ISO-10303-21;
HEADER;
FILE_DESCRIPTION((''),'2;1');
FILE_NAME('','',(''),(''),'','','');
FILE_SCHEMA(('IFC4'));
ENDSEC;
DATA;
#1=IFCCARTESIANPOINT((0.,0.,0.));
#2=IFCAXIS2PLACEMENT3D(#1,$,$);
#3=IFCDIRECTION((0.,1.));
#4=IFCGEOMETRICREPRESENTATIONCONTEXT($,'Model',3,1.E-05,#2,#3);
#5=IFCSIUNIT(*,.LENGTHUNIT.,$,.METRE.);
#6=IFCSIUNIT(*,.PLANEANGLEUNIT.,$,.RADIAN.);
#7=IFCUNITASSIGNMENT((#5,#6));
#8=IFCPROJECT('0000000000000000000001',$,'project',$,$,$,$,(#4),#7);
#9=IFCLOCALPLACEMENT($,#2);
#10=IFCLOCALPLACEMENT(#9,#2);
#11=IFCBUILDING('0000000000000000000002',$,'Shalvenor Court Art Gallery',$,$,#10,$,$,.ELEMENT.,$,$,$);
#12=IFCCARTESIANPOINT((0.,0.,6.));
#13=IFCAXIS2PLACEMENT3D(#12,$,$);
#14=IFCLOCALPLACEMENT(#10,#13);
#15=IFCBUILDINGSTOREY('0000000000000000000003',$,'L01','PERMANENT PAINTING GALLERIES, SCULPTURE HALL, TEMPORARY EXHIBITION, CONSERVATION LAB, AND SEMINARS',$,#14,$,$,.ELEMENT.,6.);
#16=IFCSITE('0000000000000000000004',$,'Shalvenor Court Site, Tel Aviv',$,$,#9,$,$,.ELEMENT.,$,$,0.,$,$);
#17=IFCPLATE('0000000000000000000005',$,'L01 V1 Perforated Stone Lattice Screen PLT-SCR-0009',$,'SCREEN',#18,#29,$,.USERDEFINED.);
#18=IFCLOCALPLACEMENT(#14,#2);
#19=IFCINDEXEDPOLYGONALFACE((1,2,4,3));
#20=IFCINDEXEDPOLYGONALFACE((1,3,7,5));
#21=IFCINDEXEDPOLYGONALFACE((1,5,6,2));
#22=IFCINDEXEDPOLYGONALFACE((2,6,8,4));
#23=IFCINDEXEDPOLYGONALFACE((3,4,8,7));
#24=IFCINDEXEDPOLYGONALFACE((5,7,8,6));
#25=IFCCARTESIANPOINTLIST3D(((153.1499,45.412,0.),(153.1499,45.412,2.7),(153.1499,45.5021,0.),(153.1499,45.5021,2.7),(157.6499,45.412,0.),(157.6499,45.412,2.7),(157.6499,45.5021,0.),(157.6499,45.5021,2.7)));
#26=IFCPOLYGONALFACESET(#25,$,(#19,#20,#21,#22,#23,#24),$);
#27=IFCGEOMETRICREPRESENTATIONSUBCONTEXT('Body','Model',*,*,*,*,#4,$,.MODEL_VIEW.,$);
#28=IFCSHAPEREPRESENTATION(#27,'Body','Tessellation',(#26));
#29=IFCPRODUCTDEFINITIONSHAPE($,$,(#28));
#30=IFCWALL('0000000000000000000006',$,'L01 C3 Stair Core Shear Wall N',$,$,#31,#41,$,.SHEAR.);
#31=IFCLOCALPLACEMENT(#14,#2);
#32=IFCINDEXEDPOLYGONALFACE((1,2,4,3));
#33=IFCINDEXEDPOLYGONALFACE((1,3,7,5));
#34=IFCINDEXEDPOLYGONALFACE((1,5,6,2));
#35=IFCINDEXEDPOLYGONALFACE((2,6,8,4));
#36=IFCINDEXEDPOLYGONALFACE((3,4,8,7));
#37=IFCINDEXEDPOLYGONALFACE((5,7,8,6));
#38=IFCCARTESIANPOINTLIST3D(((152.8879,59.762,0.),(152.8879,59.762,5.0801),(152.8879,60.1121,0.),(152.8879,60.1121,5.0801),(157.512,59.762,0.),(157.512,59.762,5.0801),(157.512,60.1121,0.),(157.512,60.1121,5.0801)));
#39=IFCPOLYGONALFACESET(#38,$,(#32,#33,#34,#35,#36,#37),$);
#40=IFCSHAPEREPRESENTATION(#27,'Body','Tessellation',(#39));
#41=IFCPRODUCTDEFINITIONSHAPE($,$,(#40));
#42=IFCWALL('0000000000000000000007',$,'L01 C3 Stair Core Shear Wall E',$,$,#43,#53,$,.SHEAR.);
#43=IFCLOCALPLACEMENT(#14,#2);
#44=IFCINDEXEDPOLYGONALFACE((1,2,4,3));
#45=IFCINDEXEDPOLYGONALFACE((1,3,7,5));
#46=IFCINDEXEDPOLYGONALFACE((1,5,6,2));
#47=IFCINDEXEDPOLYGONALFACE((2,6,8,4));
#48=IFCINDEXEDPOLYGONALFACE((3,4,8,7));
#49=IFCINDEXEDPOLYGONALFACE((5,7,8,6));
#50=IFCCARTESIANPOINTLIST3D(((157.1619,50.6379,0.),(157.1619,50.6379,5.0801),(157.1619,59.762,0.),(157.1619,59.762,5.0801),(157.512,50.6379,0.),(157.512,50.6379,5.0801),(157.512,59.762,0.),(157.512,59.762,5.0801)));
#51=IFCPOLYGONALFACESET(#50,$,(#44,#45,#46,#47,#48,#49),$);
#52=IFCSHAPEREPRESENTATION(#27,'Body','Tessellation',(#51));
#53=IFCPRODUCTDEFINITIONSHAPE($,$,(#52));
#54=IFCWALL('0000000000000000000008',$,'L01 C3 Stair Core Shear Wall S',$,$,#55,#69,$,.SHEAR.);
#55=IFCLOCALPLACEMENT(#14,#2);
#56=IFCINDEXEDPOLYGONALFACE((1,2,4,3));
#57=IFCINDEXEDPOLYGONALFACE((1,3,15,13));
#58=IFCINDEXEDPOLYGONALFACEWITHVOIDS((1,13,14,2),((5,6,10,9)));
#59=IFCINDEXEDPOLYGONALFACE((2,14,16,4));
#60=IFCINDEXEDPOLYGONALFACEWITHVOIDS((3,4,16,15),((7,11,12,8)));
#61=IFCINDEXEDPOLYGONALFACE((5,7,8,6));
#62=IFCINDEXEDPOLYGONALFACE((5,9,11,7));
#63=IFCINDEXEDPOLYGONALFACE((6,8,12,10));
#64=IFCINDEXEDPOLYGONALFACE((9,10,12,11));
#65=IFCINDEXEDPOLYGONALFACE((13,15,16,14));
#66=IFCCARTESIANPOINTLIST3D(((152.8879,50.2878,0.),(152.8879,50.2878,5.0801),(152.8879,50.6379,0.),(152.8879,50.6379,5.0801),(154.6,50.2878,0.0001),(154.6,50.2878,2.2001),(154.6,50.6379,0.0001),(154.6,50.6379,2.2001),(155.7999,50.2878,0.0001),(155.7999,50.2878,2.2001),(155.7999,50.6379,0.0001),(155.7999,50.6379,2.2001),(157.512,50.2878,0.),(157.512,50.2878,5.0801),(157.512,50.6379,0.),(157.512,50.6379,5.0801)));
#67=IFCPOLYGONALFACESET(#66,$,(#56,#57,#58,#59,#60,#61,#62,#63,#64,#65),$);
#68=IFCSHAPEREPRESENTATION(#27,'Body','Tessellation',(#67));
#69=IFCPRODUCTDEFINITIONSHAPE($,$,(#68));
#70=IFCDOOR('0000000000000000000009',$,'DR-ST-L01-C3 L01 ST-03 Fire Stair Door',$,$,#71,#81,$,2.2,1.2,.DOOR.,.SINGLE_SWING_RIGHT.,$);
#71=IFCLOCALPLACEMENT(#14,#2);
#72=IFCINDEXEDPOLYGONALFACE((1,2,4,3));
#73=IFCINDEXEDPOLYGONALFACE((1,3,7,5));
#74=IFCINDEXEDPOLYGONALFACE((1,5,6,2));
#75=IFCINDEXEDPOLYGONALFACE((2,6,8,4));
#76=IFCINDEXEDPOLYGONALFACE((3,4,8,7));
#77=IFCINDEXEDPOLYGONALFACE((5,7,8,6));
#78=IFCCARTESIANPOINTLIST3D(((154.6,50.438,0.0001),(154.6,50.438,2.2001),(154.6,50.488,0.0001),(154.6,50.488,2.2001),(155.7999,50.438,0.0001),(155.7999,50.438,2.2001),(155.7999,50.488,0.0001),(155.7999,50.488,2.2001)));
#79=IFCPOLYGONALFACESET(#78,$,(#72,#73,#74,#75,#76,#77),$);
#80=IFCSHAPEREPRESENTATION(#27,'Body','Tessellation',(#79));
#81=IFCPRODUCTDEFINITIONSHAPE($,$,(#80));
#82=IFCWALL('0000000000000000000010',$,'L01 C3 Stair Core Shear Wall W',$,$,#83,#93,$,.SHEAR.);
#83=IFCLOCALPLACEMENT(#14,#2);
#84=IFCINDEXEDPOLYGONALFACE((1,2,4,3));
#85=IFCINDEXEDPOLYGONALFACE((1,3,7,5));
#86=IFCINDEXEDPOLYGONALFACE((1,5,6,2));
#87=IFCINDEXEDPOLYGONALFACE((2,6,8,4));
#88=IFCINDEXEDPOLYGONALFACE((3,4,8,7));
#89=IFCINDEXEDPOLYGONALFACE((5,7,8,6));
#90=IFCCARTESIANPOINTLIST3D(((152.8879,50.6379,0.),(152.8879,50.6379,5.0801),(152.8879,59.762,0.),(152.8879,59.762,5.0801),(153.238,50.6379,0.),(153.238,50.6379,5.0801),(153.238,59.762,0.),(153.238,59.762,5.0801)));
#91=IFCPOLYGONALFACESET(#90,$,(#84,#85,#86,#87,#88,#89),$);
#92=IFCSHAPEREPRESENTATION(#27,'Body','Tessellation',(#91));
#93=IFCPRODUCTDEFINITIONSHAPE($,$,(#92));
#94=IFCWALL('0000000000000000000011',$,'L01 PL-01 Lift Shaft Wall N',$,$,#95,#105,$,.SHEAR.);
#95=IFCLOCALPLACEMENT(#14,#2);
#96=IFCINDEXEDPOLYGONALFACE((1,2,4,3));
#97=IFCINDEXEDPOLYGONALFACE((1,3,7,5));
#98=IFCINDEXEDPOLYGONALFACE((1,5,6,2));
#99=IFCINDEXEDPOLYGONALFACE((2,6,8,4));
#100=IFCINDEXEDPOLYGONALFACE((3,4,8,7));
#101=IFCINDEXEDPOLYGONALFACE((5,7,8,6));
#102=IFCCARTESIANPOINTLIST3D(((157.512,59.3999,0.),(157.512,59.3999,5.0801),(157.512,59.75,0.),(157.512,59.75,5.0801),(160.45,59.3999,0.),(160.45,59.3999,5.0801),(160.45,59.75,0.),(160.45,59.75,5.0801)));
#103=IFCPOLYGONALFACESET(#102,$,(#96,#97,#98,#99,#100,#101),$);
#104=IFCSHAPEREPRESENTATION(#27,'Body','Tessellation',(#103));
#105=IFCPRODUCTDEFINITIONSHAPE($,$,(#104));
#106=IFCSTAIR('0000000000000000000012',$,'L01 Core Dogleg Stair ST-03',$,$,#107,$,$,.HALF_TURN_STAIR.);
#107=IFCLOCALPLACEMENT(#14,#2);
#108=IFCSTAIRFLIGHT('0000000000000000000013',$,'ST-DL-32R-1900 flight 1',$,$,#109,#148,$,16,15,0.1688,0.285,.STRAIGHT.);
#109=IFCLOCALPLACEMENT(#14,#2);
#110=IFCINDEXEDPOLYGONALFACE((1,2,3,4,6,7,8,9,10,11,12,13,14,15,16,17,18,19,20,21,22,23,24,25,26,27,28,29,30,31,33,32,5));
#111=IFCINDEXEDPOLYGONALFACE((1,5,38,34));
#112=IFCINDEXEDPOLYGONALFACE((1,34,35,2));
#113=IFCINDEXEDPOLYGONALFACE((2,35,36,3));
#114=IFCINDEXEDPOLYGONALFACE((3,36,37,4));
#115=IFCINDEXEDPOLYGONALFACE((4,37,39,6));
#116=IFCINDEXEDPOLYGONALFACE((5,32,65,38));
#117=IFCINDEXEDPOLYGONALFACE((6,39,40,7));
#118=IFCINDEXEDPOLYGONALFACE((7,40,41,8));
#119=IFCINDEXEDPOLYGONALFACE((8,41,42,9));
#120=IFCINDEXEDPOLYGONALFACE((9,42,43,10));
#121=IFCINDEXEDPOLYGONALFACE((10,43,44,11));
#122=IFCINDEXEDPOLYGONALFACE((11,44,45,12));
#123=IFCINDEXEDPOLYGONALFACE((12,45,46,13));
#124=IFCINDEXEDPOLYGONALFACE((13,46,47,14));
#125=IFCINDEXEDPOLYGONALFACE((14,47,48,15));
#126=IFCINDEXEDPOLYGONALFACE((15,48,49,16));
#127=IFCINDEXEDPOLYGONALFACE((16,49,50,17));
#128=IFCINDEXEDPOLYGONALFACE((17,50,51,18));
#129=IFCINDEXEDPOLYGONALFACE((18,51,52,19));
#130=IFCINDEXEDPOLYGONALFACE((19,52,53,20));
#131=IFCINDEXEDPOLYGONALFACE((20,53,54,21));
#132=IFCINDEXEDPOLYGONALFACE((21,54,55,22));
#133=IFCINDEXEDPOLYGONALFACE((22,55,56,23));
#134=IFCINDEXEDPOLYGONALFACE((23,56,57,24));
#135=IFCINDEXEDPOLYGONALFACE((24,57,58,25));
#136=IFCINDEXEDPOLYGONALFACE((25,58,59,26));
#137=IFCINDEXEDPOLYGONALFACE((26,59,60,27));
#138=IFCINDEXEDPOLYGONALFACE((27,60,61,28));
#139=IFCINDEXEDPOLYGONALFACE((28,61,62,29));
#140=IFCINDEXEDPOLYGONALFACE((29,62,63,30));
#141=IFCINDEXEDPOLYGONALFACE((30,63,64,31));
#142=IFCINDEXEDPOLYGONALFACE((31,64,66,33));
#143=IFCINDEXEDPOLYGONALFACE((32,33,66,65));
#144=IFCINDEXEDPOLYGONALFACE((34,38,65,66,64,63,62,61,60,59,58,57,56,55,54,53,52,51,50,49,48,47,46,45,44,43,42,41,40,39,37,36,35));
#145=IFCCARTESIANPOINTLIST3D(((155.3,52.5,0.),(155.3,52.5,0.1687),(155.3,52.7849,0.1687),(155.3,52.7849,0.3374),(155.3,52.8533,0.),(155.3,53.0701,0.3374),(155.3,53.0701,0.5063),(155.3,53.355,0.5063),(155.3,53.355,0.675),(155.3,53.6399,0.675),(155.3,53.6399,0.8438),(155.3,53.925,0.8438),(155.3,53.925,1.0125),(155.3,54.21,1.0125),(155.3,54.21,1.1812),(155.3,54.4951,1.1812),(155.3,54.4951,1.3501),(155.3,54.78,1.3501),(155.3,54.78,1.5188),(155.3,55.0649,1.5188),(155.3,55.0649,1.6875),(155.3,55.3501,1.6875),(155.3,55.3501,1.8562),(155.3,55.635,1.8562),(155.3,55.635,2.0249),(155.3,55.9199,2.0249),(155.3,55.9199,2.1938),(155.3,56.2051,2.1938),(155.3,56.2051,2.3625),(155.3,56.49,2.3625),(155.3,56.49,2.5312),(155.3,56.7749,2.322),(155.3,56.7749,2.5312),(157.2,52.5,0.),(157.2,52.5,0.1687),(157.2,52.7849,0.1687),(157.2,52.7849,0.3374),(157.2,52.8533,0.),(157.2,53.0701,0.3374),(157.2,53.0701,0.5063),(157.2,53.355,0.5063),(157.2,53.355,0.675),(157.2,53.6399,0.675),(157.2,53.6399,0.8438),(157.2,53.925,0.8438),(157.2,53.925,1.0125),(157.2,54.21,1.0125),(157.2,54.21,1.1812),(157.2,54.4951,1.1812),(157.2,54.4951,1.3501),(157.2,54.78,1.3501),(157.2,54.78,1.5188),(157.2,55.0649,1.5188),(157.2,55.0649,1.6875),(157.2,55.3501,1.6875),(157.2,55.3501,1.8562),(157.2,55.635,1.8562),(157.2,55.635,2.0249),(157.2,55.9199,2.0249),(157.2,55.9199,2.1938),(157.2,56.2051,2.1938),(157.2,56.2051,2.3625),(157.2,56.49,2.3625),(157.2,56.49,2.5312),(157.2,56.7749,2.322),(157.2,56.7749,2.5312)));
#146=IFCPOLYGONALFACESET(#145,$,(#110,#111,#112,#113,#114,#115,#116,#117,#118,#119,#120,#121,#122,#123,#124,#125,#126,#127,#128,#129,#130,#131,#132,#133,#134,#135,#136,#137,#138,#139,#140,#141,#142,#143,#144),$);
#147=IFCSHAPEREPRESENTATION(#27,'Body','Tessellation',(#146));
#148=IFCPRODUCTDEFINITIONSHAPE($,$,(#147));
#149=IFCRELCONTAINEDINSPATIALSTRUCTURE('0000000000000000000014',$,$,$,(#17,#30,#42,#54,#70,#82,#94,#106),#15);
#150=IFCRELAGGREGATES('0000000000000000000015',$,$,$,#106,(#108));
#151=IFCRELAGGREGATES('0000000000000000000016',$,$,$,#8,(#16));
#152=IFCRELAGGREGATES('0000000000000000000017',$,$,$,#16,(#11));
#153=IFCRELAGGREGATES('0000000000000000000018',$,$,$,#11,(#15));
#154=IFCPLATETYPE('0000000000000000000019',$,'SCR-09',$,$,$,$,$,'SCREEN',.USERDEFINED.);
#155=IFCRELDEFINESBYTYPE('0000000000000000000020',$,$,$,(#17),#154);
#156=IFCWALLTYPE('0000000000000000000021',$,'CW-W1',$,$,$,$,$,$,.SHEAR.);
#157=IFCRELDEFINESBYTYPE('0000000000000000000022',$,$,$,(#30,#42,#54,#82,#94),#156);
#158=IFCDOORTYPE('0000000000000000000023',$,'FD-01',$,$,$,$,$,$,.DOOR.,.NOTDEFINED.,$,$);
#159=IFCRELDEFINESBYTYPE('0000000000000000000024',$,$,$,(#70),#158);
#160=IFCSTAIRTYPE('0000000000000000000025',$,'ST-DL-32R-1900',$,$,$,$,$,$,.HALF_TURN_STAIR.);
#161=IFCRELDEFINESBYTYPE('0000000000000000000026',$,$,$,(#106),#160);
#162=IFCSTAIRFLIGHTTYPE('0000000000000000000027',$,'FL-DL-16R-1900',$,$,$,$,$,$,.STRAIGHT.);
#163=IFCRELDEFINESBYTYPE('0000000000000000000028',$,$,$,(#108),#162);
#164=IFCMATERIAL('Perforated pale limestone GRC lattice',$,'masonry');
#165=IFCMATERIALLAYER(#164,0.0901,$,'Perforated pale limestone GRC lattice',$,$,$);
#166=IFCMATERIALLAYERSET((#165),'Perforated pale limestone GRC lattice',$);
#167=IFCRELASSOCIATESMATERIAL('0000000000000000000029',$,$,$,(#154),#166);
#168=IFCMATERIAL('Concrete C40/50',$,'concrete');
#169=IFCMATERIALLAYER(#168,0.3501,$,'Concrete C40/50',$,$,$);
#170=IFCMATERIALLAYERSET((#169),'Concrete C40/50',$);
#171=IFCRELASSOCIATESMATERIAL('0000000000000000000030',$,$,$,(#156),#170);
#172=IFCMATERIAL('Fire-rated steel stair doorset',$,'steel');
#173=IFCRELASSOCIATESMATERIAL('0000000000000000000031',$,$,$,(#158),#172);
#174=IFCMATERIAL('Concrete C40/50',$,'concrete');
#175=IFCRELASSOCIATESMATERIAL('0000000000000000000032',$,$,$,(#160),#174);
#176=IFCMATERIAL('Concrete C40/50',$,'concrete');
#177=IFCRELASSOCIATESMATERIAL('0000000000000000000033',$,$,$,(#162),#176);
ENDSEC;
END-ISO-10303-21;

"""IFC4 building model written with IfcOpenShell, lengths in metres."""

from ifc_helpers import new_model, si_unit, direction, frame, frame_2d, origin, origin_2d, place, context, subcontext, project, spatial, polyline, rectangle, outline, extrude, material, layer, layer_set, type_object, element, fill, aggregate, save


model = new_model("IFC4")

# Units and contexts
model_context = context("Model", 3, precision=1e-05, world=origin(), true_north=direction((0.0, 1.0)))
body_context = subcontext(model_context, "Body", "Model", "MODEL_VIEW")
ifc_project = project(units=[si_unit("LENGTHUNIT", "METRE"), si_unit("PLANEANGLEUNIT", "RADIAN")], contexts=[model_context])

# Site, building, storey
site_placement = place(None, origin())
site = spatial("IfcSite", under=ifc_project, at=site_placement, Name="Shalvenor Court Site, Tel Aviv", CompositionType="ELEMENT", RefElevation=0.0)
building_placement = place(site_placement, origin())
building = spatial("IfcBuilding", under=site, at=building_placement, Name="Shalvenor Court Art Gallery", CompositionType="ELEMENT")
storey_placement = place(building_placement, frame((0.0, 0.0, 6.0)))
storey = spatial("IfcBuildingStorey", under=building, at=storey_placement, Name="L01", Description="PERMANENT PAINTING GALLERIES, SCULPTURE HALL, TEMPORARY EXHIBITION, CONSERVATION LAB, AND SEMINARS", CompositionType="ELEMENT", Elevation=6.0)

# Plate
ifc_material_1 = material(Name="Perforated pale limestone GRC lattice", Category="masonry")
ifc_layer_1 = layer(ifc_material_1, 0.0901, Name="Perforated pale limestone GRC lattice")
ifc_layer_set_1 = layer_set([ifc_layer_1], Name="Perforated pale limestone GRC lattice")
plate_type_1 = type_object("IfcPlateType", Name="SCR-09", ElementType="SCREEN", PredefinedType="USERDEFINED", material=ifc_layer_set_1)
plate_1_placement = place(storey_placement, frame((155.3999, 45.457, 0.0), z_axis=(0.0, 0.0, 1.0), x_axis=(-1.0, 0.0, 0.0)))
element("IfcPlate", 1, at=plate_1_placement, inside=storey, type_object=plate_type_1, Name="L01 V1 Perforated Stone Lattice Screen PLT-SCR-0009", ObjectType="SCREEN", PredefinedType="USERDEFINED", context=body_context, shape_type="SweptSolid", body=[
    extrude(rectangle(XDim=4.5, YDim=0.0901, at=origin_2d()), origin(), (0.0, 0.0, 1.0), 2.7),
])

# Walls
ifc_material_2 = material(Name="Concrete C40/50", Category="concrete")
ifc_layer_2 = layer(ifc_material_2, 0.3501, Name="Concrete C40/50")
ifc_layer_set_2 = layer_set([ifc_layer_2], Name="Concrete C40/50")
wall_type = type_object("IfcWallType", Name="CW-W1", PredefinedType="SHEAR", material=ifc_layer_set_2)
wall_1_placement = place(storey_placement, frame((152.8879, 59.937, 0.0), z_axis=(0.0, 0.0, 1.0), x_axis=(1.0, 0.0, 0.0)))
element("IfcWall", 2, at=wall_1_placement, inside=storey, type_object=wall_type, Name="L01 C3 Stair Core Shear Wall N", PredefinedType="SHEAR", context=body_context, shape_type="SweptSolid", body=[
    extrude(rectangle(XDim=4.624, YDim=0.3501, at=frame_2d((2.312, 0.0))), origin(), (0.0, 0.0, 1.0), 5.0801),
])
wall_2_placement = place(storey_placement, frame((157.3369, 59.762, 0.0), z_axis=(0.0, 0.0, 1.0), x_axis=(0.0, -1.0, 0.0)))
element("IfcWall", 3, at=wall_2_placement, inside=storey, type_object=wall_type, Name="L01 C3 Stair Core Shear Wall E", PredefinedType="SHEAR", context=body_context, shape_type="SweptSolid", body=[
    extrude(rectangle(XDim=9.124, YDim=0.3501, at=frame_2d((4.562, 0.0))), origin(), (0.0, 0.0, 1.0), 5.0801),
])

# Wall, opening, door
wall_3_placement = place(storey_placement, frame((157.512, 50.4629, 0.0), z_axis=(0.0, 0.0, 1.0), x_axis=(-1.0, 0.0, 0.0)))
wall_3 = element("IfcWall", 4, at=wall_3_placement, inside=storey, type_object=wall_type, Name="L01 C3 Stair Core Shear Wall S", PredefinedType="SHEAR", context=body_context, shape_type="SweptSolid", body=[
    extrude(rectangle(XDim=4.624, YDim=0.3501, at=frame_2d((2.312, 0.0))), origin(), (0.0, 0.0, 1.0), 5.0801),
])
opening_placement = place(wall_3_placement, frame((1.7119, 0.0, 0.0)))
opening = element("IfcOpeningElement", 5, at=opening_placement, cuts=wall_3, PredefinedType="OPENING", context=body_context, shape_type="SweptSolid", body=[
    extrude(rectangle(XDim=1.2, YDim=2.2, at=frame_2d((0.6001, 1.1001))), frame((0.0, 0.1851, 0.0), z_axis=(0.0, -1.0, 0.0), x_axis=(1.0, 0.0, 0.0)), (0.0, 0.0, 1.0), 0.3701),
])
ifc_material_3 = material(Name="Fire-rated steel stair doorset", Category="steel")
door_type = type_object("IfcDoorType", Name="FD-01", OperationType="NOTDEFINED", PredefinedType="DOOR", material=ifc_material_3)
door_placement = place(opening_placement, origin())
door = element("IfcDoor", 6, at=door_placement, inside=storey, type_object=door_type, Name="DR-ST-L01-C3 L01 ST-03 Fire Stair Door", OperationType="SINGLE_SWING_RIGHT", OverallHeight=2.2, OverallWidth=1.2, PredefinedType="DOOR", context=body_context, shape_type="SweptSolid", body=[
    extrude(rectangle(XDim=1.2, YDim=2.2, at=frame_2d((0.6001, 1.1001))), frame((0.0, 0.0249, 0.0), z_axis=(0.0, -1.0, 0.0), x_axis=(1.0, 0.0, 0.0)), (0.0, 0.0, 1.0), 0.05),
])
fill(opening, door)

# Walls
wall_4_placement = place(storey_placement, frame((153.063, 50.6379, 0.0), z_axis=(0.0, 0.0, 1.0), x_axis=(0.0, 1.0, 0.0)))
element("IfcWall", 7, at=wall_4_placement, inside=storey, type_object=wall_type, Name="L01 C3 Stair Core Shear Wall W", PredefinedType="SHEAR", context=body_context, shape_type="SweptSolid", body=[
    extrude(rectangle(XDim=9.124, YDim=0.3501, at=frame_2d((4.562, 0.0))), origin(), (0.0, 0.0, 1.0), 5.0801),
])
wall_5_placement = place(storey_placement, frame((157.512, 59.575, 0.0), z_axis=(0.0, 0.0, 1.0), x_axis=(1.0, 0.0, 0.0)))
element("IfcWall", 8, at=wall_5_placement, inside=storey, type_object=wall_type, Name="L01 PL-01 Lift Shaft Wall N", PredefinedType="SHEAR", context=body_context, shape_type="SweptSolid", body=[
    extrude(rectangle(XDim=2.938, YDim=0.3501, at=frame_2d((1.469, 0.0))), origin(), (0.0, 0.0, 1.0), 5.0801),
])

# Stair, stair flight
ifc_material_4 = material(Name="Concrete C40/50", Category="concrete")
stair_type = type_object("IfcStairType", Name="ST-DL-32R-1900", PredefinedType="HALF_TURN_STAIR", material=ifc_material_4)
stair_placement = place(storey_placement, origin())
stair = element("IfcStair", 9, at=stair_placement, inside=storey, type_object=stair_type, Name="L01 Core Dogleg Stair ST-03", PredefinedType="HALF_TURN_STAIR")
ifc_material_5 = material(Name="Concrete C40/50", Category="concrete")
stair_flight_type = type_object("IfcStairFlightType", Name="FL-DL-16R-1900", PredefinedType="STRAIGHT", material=ifc_material_5)
stair_flight_1_placement = place(storey_placement, frame((156.25, 52.5, 0.0), z_axis=(0.0, 0.0, 1.0), x_axis=(0.0, 1.0, 0.0)))
stair_flight_1 = element("IfcStairFlight", 10, at=stair_flight_1_placement, type_object=stair_flight_type, Name="ST-DL-32R-1900 flight 1", NumberOfRisers=16, NumberOfTreads=15, PredefinedType="STRAIGHT", RiserHeight=0.1688, TreadLength=0.285, context=body_context, shape_type="SweptSolid", body=[
    extrude(outline(polyline([(0.0, 0.0), (0.0, 0.1687), (0.2849, 0.1687), (0.2849, 0.3374), (0.5701, 0.3374), (0.5701, 0.5063), (0.855, 0.5063), (0.855, 0.675), (1.1399, 0.675), (1.1399, 0.8438), (1.425, 0.8438), (1.425, 1.0125), (1.71, 1.0125), (1.71, 1.1812), (1.9951, 1.1812), (1.9951, 1.3501), (2.28, 1.3501), (2.28, 1.5188), (2.5649, 1.5188), (2.5649, 1.6875), (2.8501, 1.6875), (2.8501, 1.8562), (3.135, 1.8562), (3.135, 2.0249), (3.4199, 2.0249), (3.4199, 2.1938), (3.7051, 2.1938), (3.7051, 2.3625), (3.99, 2.3625), (3.99, 2.5312), (4.2749, 2.5312), (4.2749, 2.7), (4.2749, 2.322), (0.3533, 0.0), (0.0, 0.0)])), frame((0.0, 0.95, 0.0), z_axis=(0.0, -1.0, 0.0), x_axis=(1.0, 0.0, 0.0)), (0.0, 0.0, 1.0), 1.8999),
])
aggregate(stair, [stair_flight_1])

save(model, "model.ifc")
